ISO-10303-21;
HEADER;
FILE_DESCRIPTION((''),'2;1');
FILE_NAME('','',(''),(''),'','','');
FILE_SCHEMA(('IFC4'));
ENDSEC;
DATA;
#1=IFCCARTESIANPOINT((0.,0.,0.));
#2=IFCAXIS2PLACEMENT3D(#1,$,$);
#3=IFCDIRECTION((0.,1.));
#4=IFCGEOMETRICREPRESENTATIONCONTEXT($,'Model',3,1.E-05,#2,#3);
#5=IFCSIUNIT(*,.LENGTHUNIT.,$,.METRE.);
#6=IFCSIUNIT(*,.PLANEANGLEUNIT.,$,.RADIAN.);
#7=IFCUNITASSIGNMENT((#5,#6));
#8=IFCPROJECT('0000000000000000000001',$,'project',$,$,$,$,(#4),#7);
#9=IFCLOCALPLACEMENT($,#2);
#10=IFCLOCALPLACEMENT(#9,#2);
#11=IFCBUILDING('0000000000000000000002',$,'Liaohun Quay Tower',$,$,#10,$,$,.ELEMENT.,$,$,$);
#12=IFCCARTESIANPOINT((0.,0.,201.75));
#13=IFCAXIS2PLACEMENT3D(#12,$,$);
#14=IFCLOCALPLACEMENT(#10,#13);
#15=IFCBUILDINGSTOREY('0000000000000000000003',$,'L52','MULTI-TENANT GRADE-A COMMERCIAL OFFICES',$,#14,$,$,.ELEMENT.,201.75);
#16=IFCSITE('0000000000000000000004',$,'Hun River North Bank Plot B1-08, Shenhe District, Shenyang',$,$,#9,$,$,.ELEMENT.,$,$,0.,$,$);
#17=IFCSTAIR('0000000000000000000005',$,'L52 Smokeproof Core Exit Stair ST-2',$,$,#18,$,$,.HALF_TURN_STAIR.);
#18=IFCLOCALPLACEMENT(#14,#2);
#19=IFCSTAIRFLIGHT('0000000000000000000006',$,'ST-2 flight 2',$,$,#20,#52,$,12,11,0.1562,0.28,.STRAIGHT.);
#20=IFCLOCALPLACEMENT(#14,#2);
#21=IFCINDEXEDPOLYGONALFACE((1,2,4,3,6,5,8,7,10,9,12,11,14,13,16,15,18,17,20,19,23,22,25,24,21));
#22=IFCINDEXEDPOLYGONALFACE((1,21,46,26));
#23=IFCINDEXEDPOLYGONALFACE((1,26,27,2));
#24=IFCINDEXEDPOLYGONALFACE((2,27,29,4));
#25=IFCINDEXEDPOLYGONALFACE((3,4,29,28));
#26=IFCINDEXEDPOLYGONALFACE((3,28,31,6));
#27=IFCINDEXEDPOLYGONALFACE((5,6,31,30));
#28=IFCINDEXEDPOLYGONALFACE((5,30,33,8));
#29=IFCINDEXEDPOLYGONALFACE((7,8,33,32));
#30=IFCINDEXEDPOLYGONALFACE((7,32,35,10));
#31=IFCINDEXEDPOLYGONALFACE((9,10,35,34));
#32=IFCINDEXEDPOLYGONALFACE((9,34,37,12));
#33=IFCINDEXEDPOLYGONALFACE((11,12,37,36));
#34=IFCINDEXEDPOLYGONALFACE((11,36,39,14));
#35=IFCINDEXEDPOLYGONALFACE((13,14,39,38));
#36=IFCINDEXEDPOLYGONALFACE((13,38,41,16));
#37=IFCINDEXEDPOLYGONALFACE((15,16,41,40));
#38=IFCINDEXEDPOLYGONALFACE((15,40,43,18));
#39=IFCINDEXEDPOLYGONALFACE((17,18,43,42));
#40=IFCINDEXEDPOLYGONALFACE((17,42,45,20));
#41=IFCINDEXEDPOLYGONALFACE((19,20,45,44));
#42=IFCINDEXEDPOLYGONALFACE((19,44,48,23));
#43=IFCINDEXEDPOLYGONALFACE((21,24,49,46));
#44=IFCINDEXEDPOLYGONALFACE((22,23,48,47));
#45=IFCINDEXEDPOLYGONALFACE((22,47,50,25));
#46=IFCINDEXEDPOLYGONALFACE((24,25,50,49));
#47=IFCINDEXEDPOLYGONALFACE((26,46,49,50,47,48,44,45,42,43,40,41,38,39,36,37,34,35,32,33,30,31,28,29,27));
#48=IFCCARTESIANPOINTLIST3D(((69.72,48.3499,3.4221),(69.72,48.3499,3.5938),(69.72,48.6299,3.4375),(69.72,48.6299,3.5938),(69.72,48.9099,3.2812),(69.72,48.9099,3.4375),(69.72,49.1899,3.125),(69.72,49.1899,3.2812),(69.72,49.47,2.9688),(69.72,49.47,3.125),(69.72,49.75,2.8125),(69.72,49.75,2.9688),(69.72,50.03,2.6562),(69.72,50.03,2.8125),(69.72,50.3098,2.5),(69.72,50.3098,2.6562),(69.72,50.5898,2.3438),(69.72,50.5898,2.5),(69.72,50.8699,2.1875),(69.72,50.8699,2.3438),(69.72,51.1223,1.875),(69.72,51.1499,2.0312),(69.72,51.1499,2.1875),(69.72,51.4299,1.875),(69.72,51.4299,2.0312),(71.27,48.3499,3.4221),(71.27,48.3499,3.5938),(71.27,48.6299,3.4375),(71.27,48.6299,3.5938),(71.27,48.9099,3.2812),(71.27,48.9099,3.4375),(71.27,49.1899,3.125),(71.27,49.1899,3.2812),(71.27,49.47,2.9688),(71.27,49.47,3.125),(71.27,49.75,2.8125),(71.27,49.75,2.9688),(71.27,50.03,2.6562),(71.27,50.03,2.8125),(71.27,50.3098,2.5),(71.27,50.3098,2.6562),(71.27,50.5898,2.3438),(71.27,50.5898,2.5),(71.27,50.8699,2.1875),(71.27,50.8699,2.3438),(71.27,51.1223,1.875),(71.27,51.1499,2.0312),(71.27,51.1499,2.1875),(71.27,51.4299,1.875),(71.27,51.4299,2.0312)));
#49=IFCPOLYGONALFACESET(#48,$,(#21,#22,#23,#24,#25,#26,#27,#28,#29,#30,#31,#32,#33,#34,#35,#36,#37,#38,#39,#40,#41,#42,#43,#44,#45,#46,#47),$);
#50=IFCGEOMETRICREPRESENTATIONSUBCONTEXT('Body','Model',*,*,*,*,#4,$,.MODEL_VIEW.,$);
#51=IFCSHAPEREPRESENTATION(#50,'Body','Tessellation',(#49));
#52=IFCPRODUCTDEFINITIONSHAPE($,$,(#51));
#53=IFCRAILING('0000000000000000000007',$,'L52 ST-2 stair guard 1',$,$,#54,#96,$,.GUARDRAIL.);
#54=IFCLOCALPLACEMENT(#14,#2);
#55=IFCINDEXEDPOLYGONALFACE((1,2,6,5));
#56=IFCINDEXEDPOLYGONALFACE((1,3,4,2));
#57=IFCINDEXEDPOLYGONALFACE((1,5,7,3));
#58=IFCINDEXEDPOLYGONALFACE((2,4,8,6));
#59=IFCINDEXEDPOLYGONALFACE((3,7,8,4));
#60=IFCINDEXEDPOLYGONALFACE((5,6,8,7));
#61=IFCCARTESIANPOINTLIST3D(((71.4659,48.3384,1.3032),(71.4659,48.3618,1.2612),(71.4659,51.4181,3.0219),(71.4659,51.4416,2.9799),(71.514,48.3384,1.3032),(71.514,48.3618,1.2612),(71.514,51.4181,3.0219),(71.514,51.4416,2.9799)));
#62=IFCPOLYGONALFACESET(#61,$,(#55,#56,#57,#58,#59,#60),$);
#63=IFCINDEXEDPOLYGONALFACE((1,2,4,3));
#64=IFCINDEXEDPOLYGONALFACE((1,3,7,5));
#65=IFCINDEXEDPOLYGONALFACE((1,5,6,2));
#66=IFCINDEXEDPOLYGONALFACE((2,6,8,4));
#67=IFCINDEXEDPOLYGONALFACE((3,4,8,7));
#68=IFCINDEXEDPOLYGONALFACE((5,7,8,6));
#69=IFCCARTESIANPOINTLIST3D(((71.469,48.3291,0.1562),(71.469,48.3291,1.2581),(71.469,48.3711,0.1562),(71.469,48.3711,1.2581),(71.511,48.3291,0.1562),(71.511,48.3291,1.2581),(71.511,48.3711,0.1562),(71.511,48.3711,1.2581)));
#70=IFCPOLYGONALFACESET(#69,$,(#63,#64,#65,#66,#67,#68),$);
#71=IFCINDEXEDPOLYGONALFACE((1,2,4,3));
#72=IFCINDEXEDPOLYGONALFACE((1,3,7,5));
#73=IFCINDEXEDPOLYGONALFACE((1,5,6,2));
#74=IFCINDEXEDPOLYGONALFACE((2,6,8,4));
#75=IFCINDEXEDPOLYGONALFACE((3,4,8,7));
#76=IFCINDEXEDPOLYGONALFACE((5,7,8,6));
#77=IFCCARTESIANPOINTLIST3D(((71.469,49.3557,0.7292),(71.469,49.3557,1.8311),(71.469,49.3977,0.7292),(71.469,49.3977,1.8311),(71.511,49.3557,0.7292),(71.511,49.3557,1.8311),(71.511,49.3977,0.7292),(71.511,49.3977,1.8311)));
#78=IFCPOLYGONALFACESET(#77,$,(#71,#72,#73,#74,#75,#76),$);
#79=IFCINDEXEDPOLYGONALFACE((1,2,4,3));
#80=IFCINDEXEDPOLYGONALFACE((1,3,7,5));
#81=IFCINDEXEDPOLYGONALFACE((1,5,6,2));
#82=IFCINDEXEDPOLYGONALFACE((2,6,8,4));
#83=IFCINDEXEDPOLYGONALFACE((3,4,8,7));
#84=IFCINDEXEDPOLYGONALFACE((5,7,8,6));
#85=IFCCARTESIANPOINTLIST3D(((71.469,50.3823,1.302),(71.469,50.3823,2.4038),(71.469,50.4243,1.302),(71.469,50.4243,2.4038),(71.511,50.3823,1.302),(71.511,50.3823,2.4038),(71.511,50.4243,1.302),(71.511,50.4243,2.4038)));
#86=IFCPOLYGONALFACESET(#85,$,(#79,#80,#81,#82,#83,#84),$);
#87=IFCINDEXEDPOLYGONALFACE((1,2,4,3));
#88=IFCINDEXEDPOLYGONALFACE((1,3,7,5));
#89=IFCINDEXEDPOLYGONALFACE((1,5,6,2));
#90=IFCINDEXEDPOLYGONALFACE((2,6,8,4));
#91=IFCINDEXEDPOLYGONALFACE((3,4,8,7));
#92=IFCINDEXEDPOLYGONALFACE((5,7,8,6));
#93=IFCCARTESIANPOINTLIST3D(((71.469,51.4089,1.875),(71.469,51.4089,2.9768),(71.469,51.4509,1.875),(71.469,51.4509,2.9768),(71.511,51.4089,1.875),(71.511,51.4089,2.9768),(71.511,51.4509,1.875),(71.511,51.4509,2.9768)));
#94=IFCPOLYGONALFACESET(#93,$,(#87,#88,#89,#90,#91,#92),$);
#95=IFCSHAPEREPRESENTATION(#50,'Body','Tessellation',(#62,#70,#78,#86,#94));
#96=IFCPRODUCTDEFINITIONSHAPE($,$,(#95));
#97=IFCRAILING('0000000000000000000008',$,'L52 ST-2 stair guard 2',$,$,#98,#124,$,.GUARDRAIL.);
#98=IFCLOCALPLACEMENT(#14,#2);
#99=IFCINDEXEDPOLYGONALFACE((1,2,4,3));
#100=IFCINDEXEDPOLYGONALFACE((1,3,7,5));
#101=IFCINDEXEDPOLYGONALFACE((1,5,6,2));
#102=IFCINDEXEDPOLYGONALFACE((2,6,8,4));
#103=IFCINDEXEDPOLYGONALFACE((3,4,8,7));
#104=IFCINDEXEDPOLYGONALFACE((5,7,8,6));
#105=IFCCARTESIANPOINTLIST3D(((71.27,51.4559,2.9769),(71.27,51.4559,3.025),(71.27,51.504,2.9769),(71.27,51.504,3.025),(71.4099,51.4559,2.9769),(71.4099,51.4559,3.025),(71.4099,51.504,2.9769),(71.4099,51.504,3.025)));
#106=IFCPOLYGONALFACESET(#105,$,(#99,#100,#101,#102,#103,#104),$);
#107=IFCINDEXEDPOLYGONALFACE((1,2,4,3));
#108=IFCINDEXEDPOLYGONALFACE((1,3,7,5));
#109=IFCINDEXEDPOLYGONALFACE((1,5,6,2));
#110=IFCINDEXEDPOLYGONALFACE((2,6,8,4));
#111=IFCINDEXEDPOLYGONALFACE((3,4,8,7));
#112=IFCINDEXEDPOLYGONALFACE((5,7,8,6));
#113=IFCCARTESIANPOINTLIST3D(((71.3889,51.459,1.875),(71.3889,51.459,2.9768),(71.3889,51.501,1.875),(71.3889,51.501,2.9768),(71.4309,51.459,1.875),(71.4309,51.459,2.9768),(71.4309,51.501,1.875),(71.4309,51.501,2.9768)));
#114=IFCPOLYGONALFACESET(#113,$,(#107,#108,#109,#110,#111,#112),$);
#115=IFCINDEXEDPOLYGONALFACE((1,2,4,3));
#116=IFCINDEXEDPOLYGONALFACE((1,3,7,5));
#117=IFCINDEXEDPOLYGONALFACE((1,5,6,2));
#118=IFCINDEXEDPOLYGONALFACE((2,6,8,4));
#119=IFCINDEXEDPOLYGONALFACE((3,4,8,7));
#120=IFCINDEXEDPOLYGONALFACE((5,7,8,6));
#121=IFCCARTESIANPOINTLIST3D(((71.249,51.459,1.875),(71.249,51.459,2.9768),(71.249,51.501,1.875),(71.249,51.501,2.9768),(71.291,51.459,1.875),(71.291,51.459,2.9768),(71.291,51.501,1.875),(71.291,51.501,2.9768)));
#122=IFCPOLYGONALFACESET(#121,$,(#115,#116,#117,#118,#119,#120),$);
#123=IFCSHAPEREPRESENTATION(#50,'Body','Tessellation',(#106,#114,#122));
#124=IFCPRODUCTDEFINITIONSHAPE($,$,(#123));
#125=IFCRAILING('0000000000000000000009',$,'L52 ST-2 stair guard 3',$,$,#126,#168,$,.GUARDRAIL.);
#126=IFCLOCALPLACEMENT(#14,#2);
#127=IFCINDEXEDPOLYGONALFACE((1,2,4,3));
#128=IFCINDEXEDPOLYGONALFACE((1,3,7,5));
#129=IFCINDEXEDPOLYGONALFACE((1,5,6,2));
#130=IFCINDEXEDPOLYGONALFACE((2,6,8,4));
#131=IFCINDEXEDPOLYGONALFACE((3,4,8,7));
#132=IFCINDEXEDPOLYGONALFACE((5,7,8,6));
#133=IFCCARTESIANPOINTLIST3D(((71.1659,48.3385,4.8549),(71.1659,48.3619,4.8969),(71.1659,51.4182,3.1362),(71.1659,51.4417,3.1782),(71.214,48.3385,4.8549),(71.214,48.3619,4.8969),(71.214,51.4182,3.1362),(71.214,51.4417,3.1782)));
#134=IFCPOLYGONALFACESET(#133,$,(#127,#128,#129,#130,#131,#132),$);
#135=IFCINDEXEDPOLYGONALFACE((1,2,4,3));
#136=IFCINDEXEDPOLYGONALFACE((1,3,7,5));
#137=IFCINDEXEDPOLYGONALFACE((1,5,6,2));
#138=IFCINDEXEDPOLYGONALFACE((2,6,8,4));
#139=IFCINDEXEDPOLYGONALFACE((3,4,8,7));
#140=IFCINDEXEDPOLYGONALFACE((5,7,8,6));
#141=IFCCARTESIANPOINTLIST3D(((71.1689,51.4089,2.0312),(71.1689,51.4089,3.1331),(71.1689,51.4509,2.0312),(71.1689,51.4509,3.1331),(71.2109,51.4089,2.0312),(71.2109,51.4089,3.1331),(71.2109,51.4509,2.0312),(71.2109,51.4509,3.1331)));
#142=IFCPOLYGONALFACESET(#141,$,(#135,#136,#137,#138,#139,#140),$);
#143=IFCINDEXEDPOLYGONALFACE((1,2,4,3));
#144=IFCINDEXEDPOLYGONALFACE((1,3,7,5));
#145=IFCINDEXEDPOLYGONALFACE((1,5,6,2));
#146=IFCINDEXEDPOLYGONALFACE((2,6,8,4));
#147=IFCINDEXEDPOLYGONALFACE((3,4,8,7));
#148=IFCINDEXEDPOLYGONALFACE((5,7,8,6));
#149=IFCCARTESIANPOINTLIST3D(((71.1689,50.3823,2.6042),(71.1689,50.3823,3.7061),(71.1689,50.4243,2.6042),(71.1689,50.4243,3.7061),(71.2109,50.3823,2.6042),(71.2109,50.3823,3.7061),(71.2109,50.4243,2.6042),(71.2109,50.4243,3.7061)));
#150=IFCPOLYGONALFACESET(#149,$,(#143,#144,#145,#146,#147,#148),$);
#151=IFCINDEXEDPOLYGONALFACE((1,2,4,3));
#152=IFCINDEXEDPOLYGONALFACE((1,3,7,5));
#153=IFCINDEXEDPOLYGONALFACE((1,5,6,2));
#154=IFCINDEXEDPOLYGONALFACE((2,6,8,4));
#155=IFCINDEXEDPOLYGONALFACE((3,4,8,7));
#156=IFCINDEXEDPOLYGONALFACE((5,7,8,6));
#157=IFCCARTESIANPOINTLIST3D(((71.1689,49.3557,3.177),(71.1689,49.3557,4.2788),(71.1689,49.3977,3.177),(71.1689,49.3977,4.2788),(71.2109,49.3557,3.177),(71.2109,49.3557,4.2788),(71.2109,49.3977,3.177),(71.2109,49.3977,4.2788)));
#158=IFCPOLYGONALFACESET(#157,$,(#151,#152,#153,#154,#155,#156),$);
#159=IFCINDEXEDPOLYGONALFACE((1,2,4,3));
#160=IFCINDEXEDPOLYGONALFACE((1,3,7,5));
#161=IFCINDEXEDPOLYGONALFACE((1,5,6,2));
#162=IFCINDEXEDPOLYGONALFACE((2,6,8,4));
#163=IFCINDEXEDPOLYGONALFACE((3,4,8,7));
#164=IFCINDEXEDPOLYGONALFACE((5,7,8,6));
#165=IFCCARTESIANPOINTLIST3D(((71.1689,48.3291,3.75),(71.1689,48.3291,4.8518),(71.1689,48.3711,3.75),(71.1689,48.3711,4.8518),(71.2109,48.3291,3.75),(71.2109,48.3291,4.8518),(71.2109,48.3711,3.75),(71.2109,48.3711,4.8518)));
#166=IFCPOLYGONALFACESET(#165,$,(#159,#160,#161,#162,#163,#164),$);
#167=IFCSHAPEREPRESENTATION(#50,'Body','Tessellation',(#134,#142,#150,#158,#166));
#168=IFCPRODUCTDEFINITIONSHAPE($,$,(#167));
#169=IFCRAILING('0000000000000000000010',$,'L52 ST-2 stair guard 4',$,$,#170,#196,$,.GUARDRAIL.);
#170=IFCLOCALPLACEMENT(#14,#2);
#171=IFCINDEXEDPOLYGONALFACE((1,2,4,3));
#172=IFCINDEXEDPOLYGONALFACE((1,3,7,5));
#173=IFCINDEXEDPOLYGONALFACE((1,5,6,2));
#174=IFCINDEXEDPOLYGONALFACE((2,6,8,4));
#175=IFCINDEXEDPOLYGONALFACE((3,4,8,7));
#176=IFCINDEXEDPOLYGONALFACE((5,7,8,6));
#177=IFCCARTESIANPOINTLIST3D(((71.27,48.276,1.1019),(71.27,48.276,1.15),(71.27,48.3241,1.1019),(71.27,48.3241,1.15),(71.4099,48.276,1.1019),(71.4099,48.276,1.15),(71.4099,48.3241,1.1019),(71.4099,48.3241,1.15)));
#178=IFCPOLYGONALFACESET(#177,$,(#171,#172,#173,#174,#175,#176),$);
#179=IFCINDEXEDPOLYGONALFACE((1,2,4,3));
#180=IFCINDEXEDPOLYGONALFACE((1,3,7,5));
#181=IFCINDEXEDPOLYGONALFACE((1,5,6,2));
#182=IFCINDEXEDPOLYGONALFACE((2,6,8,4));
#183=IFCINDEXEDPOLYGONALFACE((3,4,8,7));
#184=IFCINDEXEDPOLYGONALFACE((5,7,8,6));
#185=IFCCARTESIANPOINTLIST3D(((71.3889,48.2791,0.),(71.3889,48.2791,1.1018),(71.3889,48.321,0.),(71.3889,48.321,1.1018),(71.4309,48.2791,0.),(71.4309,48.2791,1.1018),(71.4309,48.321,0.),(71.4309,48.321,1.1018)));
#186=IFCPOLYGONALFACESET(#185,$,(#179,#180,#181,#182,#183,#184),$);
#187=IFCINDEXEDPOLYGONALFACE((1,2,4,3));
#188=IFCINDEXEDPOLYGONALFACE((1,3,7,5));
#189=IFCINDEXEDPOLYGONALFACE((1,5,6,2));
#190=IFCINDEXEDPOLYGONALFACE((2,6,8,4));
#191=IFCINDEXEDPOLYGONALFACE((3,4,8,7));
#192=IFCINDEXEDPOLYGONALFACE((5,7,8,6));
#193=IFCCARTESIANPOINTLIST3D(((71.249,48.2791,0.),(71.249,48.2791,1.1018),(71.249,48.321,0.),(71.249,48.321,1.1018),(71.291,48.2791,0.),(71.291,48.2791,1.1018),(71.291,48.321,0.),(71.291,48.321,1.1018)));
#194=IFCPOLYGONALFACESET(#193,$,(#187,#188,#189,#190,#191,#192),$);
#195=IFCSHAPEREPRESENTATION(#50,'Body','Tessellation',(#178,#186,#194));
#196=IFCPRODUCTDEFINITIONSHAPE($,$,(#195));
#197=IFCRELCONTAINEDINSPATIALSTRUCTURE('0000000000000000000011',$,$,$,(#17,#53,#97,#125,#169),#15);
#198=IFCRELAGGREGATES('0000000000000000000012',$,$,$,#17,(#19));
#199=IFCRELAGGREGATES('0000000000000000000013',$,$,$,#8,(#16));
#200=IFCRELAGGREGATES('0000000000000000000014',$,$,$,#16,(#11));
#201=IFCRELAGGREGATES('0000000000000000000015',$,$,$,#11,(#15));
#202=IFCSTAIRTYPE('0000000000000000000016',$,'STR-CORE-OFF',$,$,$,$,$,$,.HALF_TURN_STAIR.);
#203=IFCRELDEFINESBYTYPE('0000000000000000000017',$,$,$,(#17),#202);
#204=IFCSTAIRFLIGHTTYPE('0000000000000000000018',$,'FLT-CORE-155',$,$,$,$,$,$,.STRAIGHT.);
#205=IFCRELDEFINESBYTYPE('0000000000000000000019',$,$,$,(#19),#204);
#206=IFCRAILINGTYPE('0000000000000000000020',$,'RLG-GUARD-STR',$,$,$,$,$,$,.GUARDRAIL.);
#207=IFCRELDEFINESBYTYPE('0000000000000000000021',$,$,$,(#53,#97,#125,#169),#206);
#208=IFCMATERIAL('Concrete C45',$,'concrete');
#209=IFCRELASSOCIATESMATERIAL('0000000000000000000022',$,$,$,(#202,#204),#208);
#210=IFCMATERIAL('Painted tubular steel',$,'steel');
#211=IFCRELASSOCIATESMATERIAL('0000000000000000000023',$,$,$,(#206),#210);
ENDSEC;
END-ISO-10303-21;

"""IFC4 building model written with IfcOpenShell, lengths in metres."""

from ifc_helpers import new_model, si_unit, direction, frame, origin, origin_2d, place, context, subcontext, project, spatial, polyline, rectangle, outline, extrude, material, type_object, element, aggregate, save


model = new_model("IFC4")

# Units and contexts
model_context = context("Model", 3, precision=1e-05, world=origin(), true_north=direction((0.0, 1.0)))
body_context = subcontext(model_context, "Body", "Model", "MODEL_VIEW")
ifc_project = project(units=[si_unit("LENGTHUNIT", "METRE"), si_unit("PLANEANGLEUNIT", "RADIAN")], contexts=[model_context])

# Site, building, storey
site_placement = place(None, origin())
site = spatial("IfcSite", under=ifc_project, at=site_placement, Name="Hun River North Bank Plot B1-08, Shenhe District, Shenyang", CompositionType="ELEMENT", RefElevation=0.0)
building_placement = place(site_placement, origin())
building = spatial("IfcBuilding", under=site, at=building_placement, Name="Liaohun Quay Tower", CompositionType="ELEMENT")
storey_placement = place(building_placement, frame((0.0, 0.0, 201.75)))
storey = spatial("IfcBuildingStorey", under=building, at=storey_placement, Name="L52", Description="MULTI-TENANT GRADE-A COMMERCIAL OFFICES", CompositionType="ELEMENT", Elevation=201.75)

# Stair, stair flight
ifc_material_1 = material(Name="Concrete C45", Category="concrete")
stair_type = type_object("IfcStairType", Name="STR-CORE-OFF", PredefinedType="HALF_TURN_STAIR", material=ifc_material_1)
stair_placement = place(storey_placement, origin())
stair = element("IfcStair", 1, at=stair_placement, inside=storey, type_object=stair_type, Name="L52 Smokeproof Core Exit Stair ST-2", PredefinedType="HALF_TURN_STAIR")
stair_flight_type = type_object("IfcStairFlightType", Name="FLT-CORE-155", PredefinedType="STRAIGHT", material=ifc_material_1)
stair_flight_1_placement = place(storey_placement, frame((70.4951, 51.4299, 1.875), z_axis=(0.0, 0.0, 1.0), x_axis=(0.0, -1.0, 0.0)))
stair_flight_1 = element("IfcStairFlight", 2, at=stair_flight_1_placement, type_object=stair_flight_type, Name="ST-2 flight 2", NumberOfRisers=12, NumberOfTreads=11, PredefinedType="STRAIGHT", RiserHeight=0.1562, TreadLength=0.28, context=body_context, shape_type="SweptSolid", body=[
    extrude(outline(polyline([(0.0, 0.0), (0.0, 0.1562), (0.28, 0.1562), (0.28, 0.3125), (0.5601, 0.3125), (0.5601, 0.4688), (0.8401, 0.4688), (0.8401, 0.625), (1.1201, 0.625), (1.1201, 0.7812), (1.3999, 0.7812), (1.3999, 0.9375), (1.6799, 0.9375), (1.6799, 1.0938), (1.96, 1.0938), (1.96, 1.25), (2.24, 1.25), (2.24, 1.4062), (2.52, 1.4062), (2.52, 1.5625), (2.8, 1.5625), (2.8, 1.7188), (3.0801, 1.7188), (3.0801, 1.875), (3.0801, 1.5471), (0.3076, 0.0), (0.0, 0.0)])), frame((0.0, 0.7749, 0.0), z_axis=(0.0, -1.0, 0.0), x_axis=(1.0, 0.0, 0.0)), (0.0, 0.0, 1.0), 1.55),
])
aggregate(stair, [stair_flight_1])

# Railings
ifc_material_2 = material(Name="Painted tubular steel", Category="steel")
railing_type_1 = type_object("IfcRailingType", Name="RLG-GUARD-STR", PredefinedType="GUARDRAIL", material=ifc_material_2)
railing_1_placement = place(storey_placement, frame((71.49, 48.3501, 0.1562)))
element("IfcRailing", 3, at=railing_1_placement, inside=storey, type_object=railing_type_1, Name="L52 ST-2 stair guard 1", PredefinedType="GUARDRAIL", context=body_context, shape_type="SweptSolid", body=[
    extrude(rectangle(XDim=0.0481, YDim=0.0481, at=origin_2d()), frame((0.0, 0.0, 1.126), z_axis=(0.0, 0.873225, 0.487317), x_axis=(-1.0, 0.0, 0.0)), (0.0, 0.0, 1.0), 3.5269),
    extrude(rectangle(XDim=0.042, YDim=0.042, at=origin_2d()), origin(), (0.0, 0.0, 1.0), 1.1018),
    extrude(rectangle(XDim=0.042, YDim=0.042, at=origin_2d()), frame((0.0, 1.0266, 0.573)), (0.0, 0.0, 1.0), 1.1018),
    extrude(rectangle(XDim=0.042, YDim=0.042, at=origin_2d()), frame((0.0, 2.0532, 1.1458)), (0.0, 0.0, 1.0), 1.1018),
    extrude(rectangle(XDim=0.042, YDim=0.042, at=origin_2d()), frame((0.0, 3.0798, 1.7188)), (0.0, 0.0, 1.0), 1.1018),
])
railing_2_placement = place(storey_placement, frame((71.4099, 51.48, 1.875)))
element("IfcRailing", 4, at=railing_2_placement, inside=storey, type_object=railing_type_1, Name="L52 ST-2 stair guard 2", PredefinedType="GUARDRAIL", context=body_context, shape_type="SweptSolid", body=[
    extrude(rectangle(XDim=0.0481, YDim=0.0481, at=origin_2d()), frame((0.0, 0.0, 1.126), z_axis=(-1.0, 0.0, 0.0), x_axis=(0.0, -1.0, 0.0)), (0.0, 0.0, 1.0), 0.1399),
    extrude(rectangle(XDim=0.042, YDim=0.042, at=origin_2d()), origin(), (0.0, 0.0, 1.0), 1.1018),
    extrude(rectangle(XDim=0.042, YDim=0.042, at=origin_2d()), frame((-0.1399, 0.0, 0.0)), (0.0, 0.0, 1.0), 1.1018),
])
railing_3_placement = place(storey_placement, frame((71.1899, 51.4299, 2.0312)))
element("IfcRailing", 5, at=railing_3_placement, inside=storey, type_object=railing_type_1, Name="L52 ST-2 stair guard 3", PredefinedType="GUARDRAIL", context=body_context, shape_type="SweptSolid", body=[
    extrude(rectangle(XDim=0.0481, YDim=0.0481, at=origin_2d()), frame((0.0, 0.0, 1.126), z_axis=(0.0, -0.873225, 0.487317), x_axis=(1.0, 0.0, 0.0)), (0.0, 0.0, 1.0), 3.5269),
    extrude(rectangle(XDim=0.042, YDim=0.042, at=origin_2d()), origin(), (0.0, 0.0, 1.0), 1.1018),
    extrude(rectangle(XDim=0.042, YDim=0.042, at=origin_2d()), frame((0.0, -1.0266, 0.573)), (0.0, 0.0, 1.0), 1.1018),
    extrude(rectangle(XDim=0.042, YDim=0.042, at=origin_2d()), frame((0.0, -2.0532, 1.1458)), (0.0, 0.0, 1.0), 1.1018),
    extrude(rectangle(XDim=0.042, YDim=0.042, at=origin_2d()), frame((0.0, -3.0798, 1.7188)), (0.0, 0.0, 1.0), 1.1018),
])
railing_4_placement = place(storey_placement, frame((71.4099, 48.3, 0.0)))
element("IfcRailing", 6, at=railing_4_placement, inside=storey, type_object=railing_type_1, Name="L52 ST-2 stair guard 4", PredefinedType="GUARDRAIL", context=body_context, shape_type="SweptSolid", body=[
    extrude(rectangle(XDim=0.0481, YDim=0.0481, at=origin_2d()), frame((0.0, 0.0, 1.126), z_axis=(-1.0, 0.0, 0.0), x_axis=(0.0, -1.0, 0.0)), (0.0, 0.0, 1.0), 0.1399),
    extrude(rectangle(XDim=0.042, YDim=0.042, at=origin_2d()), origin(), (0.0, 0.0, 1.0), 1.1018),
    extrude(rectangle(XDim=0.042, YDim=0.042, at=origin_2d()), frame((-0.1399, 0.0, 0.0)), (0.0, 0.0, 1.0), 1.1018),
])

save(model, "model.ifc")
